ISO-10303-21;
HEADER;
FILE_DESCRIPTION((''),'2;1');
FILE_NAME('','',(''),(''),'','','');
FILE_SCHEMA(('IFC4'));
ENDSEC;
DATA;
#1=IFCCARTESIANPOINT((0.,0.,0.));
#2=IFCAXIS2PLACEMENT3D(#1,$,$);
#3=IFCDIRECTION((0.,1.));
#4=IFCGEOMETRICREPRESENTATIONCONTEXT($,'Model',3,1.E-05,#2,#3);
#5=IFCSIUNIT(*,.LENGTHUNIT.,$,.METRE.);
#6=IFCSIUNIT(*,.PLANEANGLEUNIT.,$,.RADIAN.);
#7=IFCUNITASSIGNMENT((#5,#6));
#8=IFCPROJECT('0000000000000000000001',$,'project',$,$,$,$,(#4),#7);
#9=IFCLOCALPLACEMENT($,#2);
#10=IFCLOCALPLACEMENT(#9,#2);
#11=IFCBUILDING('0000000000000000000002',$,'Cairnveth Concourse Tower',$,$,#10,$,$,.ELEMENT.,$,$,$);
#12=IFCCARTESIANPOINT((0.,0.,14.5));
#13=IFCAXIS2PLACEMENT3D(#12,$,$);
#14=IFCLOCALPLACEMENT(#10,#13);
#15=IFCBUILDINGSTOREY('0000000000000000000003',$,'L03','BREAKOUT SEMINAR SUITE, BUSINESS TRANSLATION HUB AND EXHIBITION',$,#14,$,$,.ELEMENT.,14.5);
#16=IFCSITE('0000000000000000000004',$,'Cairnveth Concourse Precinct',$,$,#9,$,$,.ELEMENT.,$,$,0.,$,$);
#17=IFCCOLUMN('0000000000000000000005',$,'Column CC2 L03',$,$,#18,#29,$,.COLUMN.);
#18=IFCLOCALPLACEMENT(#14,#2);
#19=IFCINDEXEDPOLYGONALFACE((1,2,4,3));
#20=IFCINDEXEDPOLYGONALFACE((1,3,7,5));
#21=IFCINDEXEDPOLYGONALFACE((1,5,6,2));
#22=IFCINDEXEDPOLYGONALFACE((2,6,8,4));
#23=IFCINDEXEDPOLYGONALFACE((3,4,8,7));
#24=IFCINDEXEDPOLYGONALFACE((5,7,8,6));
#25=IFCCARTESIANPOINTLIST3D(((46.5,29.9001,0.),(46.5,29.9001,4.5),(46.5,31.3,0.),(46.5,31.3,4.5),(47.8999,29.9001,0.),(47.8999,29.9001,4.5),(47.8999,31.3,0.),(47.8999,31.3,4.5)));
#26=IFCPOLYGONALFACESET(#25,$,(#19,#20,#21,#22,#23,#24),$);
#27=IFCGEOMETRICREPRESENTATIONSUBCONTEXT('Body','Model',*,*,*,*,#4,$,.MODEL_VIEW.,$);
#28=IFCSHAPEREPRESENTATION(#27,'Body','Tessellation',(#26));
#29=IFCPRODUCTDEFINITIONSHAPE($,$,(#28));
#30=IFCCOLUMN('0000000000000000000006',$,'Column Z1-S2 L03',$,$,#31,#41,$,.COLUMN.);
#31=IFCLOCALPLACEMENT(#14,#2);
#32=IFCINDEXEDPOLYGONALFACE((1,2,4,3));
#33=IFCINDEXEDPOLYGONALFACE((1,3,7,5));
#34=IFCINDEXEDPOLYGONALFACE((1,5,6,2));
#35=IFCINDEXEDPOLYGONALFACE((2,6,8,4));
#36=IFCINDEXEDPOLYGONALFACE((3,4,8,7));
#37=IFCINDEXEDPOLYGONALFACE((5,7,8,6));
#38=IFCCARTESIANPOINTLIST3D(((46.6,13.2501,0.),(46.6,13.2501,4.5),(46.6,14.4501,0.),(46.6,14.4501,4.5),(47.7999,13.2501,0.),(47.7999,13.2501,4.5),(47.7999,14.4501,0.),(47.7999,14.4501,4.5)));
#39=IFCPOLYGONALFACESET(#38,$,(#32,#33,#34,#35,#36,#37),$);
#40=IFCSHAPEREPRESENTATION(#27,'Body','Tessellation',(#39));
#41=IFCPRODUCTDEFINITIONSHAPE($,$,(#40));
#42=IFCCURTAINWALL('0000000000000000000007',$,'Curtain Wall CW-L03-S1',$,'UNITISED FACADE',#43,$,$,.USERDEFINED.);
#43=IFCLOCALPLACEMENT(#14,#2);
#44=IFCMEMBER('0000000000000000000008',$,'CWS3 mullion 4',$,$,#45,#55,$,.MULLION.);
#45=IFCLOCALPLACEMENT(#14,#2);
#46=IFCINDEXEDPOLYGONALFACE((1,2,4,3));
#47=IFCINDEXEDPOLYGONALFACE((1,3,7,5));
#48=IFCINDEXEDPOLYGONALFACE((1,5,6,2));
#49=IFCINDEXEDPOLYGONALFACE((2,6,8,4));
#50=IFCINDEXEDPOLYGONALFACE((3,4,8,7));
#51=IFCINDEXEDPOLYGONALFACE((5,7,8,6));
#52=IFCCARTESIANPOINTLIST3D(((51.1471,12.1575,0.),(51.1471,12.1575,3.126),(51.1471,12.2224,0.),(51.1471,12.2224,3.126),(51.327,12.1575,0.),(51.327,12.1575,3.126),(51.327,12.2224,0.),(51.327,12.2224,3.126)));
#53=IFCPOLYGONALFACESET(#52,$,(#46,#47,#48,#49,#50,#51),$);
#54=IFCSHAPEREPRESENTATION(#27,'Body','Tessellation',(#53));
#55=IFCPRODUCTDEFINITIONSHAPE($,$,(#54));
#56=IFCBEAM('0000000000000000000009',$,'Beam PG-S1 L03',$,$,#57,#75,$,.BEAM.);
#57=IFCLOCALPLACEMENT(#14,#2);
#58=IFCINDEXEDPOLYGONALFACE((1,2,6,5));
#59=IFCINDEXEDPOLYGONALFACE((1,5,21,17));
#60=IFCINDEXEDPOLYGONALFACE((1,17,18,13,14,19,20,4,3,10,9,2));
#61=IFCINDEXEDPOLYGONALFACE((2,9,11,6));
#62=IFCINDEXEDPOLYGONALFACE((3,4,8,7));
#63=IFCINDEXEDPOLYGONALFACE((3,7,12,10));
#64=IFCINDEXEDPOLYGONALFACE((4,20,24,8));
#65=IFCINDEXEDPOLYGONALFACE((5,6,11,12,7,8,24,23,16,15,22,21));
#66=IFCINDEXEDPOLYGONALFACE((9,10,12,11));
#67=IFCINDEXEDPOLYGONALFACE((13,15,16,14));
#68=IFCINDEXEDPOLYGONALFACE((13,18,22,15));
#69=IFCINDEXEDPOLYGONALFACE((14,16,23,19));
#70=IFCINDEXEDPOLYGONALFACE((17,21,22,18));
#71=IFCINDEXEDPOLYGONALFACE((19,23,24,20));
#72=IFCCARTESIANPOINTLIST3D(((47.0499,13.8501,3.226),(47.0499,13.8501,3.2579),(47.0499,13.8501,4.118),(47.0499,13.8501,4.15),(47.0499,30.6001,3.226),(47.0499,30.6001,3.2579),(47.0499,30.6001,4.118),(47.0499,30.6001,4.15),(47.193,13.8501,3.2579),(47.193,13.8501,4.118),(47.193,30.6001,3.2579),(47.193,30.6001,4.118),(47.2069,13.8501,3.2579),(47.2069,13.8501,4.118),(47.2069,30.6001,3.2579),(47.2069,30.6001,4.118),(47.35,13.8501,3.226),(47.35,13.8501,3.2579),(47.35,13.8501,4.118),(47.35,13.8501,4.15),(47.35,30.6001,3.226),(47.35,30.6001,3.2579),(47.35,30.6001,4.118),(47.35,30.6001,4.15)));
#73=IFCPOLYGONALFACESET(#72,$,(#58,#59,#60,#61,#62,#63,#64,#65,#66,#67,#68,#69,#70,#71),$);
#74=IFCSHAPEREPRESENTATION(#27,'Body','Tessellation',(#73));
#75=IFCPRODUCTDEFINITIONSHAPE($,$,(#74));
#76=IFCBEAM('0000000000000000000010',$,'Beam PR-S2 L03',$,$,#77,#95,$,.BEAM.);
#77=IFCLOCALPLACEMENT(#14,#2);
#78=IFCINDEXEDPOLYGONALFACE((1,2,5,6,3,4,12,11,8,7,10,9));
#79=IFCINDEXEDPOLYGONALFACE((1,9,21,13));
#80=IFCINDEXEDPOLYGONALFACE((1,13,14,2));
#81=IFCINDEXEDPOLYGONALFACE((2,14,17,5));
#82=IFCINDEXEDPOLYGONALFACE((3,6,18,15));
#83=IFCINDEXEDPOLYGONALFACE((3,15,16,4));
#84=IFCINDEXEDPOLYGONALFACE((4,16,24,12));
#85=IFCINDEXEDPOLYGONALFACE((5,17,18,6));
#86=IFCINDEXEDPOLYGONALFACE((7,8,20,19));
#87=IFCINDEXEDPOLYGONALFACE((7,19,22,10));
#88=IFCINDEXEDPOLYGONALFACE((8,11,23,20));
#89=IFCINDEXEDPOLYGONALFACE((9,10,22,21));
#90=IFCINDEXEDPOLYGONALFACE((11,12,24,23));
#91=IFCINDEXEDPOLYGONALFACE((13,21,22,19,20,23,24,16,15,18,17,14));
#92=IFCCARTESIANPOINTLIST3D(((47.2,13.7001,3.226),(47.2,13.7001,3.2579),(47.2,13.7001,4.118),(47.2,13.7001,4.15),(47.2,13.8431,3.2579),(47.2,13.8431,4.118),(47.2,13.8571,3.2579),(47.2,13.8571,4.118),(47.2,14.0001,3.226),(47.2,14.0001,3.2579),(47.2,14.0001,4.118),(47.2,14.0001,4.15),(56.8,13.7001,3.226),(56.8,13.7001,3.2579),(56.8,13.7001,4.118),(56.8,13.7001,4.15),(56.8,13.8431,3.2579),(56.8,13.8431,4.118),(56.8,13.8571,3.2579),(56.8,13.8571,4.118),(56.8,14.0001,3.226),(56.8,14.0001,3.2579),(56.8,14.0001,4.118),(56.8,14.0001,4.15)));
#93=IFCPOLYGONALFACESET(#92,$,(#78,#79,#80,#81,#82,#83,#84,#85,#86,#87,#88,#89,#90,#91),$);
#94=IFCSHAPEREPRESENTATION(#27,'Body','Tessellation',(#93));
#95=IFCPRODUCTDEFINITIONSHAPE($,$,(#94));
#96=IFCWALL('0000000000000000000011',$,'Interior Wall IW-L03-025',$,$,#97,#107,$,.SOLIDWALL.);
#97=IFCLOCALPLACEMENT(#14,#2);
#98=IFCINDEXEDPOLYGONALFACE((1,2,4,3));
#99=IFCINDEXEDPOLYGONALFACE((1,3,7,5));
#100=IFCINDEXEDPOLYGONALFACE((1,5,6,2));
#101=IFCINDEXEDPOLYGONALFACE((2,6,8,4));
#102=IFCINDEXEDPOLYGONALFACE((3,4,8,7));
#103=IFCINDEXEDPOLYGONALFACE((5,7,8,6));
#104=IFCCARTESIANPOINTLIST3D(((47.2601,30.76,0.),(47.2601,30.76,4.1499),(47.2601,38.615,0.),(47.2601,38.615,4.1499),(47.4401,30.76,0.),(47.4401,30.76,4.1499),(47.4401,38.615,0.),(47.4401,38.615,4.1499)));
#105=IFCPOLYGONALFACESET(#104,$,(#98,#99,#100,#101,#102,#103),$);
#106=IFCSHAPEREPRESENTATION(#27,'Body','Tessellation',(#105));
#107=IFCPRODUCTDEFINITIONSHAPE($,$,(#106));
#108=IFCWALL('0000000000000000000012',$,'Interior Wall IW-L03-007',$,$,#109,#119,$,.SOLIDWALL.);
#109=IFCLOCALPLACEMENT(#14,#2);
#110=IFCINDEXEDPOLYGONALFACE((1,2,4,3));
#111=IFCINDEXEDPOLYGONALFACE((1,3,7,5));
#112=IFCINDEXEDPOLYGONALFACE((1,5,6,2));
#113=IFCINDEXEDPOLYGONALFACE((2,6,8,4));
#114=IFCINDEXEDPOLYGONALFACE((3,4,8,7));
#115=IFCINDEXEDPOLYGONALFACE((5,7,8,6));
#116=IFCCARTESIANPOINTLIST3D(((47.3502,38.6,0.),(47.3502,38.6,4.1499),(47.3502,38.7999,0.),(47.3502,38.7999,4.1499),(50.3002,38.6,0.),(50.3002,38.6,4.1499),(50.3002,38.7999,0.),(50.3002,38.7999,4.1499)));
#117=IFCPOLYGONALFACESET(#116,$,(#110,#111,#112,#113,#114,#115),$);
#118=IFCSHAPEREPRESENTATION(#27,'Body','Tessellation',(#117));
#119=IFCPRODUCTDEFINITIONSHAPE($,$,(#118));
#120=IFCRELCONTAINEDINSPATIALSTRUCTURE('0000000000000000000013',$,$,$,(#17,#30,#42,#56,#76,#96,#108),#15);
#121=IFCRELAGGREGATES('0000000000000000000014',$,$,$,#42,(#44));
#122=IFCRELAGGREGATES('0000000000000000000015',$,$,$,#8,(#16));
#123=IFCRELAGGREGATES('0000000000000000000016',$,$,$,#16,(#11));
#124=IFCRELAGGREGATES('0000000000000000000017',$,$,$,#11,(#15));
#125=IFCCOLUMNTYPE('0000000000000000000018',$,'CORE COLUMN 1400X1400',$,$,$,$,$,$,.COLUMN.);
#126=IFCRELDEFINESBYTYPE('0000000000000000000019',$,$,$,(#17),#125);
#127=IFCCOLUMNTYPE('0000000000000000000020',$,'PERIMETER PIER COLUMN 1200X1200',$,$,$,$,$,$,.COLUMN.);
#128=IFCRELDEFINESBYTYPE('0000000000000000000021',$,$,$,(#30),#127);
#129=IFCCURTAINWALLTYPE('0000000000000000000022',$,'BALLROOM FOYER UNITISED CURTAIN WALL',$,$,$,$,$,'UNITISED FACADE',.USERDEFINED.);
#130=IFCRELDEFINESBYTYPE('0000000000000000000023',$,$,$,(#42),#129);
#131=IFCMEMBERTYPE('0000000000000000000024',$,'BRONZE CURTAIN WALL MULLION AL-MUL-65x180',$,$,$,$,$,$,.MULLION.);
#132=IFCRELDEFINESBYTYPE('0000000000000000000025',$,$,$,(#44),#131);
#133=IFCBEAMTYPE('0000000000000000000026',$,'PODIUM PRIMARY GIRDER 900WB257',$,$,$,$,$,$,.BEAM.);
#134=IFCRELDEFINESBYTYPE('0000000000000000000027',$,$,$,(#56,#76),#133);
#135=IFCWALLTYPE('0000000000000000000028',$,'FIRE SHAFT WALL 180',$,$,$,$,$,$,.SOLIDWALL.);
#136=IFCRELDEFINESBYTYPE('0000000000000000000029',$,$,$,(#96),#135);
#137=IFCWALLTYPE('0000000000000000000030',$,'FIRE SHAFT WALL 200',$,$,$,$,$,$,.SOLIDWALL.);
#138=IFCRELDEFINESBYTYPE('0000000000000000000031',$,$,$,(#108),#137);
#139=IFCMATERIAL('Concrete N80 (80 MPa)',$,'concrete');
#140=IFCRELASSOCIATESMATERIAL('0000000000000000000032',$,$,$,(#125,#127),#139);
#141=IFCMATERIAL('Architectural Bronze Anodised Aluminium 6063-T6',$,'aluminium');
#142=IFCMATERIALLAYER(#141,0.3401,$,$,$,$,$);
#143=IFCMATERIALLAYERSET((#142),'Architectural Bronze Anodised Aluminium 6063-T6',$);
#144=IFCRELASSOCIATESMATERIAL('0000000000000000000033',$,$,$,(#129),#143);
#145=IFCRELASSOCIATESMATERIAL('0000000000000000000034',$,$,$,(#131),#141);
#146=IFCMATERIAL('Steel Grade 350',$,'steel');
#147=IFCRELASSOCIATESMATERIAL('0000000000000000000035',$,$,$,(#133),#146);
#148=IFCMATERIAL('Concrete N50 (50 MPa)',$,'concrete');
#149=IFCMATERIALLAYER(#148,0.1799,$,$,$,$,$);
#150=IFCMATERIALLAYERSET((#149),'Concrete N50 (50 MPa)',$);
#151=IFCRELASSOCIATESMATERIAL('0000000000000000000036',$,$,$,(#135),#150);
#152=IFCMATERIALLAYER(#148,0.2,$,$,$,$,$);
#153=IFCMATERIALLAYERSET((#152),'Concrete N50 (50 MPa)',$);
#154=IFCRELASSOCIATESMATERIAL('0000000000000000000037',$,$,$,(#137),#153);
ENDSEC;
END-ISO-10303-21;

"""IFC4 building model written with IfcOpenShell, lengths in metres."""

from ifc_helpers import new_model, si_unit, direction, frame, frame_2d, origin, origin_2d, place, context, subcontext, project, spatial, rectangle, i_section, extrude, material, layer, layer_set, material_profile, profile_set, type_object, element, aggregate, save


model = new_model("IFC4")

# Units and contexts
model_context = context("Model", 3, precision=1e-05, world=origin(), true_north=direction((0.0, 1.0)))
body_context = subcontext(model_context, "Body", "Model", "MODEL_VIEW")
ifc_project = project(units=[si_unit("LENGTHUNIT", "METRE"), si_unit("PLANEANGLEUNIT", "RADIAN")], contexts=[model_context])

# Site, building, storey
site_placement = place(None, origin())
site = spatial("IfcSite", under=ifc_project, at=site_placement, Name="Cairnveth Concourse Precinct", CompositionType="ELEMENT", RefElevation=0.0)
building_placement = place(site_placement, origin())
building = spatial("IfcBuilding", under=site, at=building_placement, Name="Cairnveth Concourse Tower", CompositionType="ELEMENT")
storey_placement = place(building_placement, frame((0.0, 0.0, 14.5)))
storey = spatial("IfcBuildingStorey", under=building, at=storey_placement, Name="L03", Description="BREAKOUT SEMINAR SUITE, BUSINESS TRANSLATION HUB AND EXHIBITION", CompositionType="ELEMENT", Elevation=14.5)

# Columns
ifc_material_1 = material(Name="Concrete N80 (80 MPa)", Category="concrete")
ifc_material_profile_1 = material_profile(ifc_material_1, rectangle(XDim=1.3999, YDim=1.3999, at=origin_2d()), Name="RC-COL-1400x1400")
ifc_profile_set_1 = profile_set([ifc_material_profile_1], Name="Concrete N80 (80 MPa)")
column_type_1 = type_object("IfcColumnType", Name="CORE COLUMN 1400X1400", PredefinedType="COLUMN", material=ifc_profile_set_1)
column_1_placement = place(storey_placement, frame((47.2, 30.6001, 0.0), z_axis=(0.0, 0.0, 1.0), x_axis=(1.0, 0.0, 0.0)))
element("IfcColumn", 1, at=column_1_placement, inside=storey, type_object=column_type_1, Name="Column CC2 L03", PredefinedType="COLUMN", context=body_context, shape_type="SweptSolid", body=[
    extrude(rectangle(XDim=1.3999, YDim=1.3999, at=origin_2d()), origin(), (0.0, 0.0, 1.0), 4.5),
])
ifc_material_profile_2 = material_profile(ifc_material_1, rectangle(XDim=1.2, YDim=1.2, at=origin_2d()), Name="RC-COL-1200x1200")
ifc_profile_set_2 = profile_set([ifc_material_profile_2], Name="Concrete N80 (80 MPa)")
column_type_2 = type_object("IfcColumnType", Name="PERIMETER PIER COLUMN 1200X1200", PredefinedType="COLUMN", material=ifc_profile_set_2)
column_2_placement = place(storey_placement, frame((47.2, 13.8501, 0.0), z_axis=(0.0, 0.0, 1.0), x_axis=(1.0, 0.0, 0.0)))
element("IfcColumn", 2, at=column_2_placement, inside=storey, type_object=column_type_2, Name="Column Z1-S2 L03", PredefinedType="COLUMN", context=body_context, shape_type="SweptSolid", body=[
    extrude(rectangle(XDim=1.2, YDim=1.2, at=origin_2d()), origin(), (0.0, 0.0, 1.0), 4.5),
])

# Curtain wall, member
ifc_material_2 = material(Name="Architectural Bronze Anodised Aluminium 6063-T6", Category="aluminium")
ifc_layer_1 = layer(ifc_material_2, 0.3401)
ifc_layer_set_1 = layer_set([ifc_layer_1], Name="Architectural Bronze Anodised Aluminium 6063-T6")
curtain_wall_type = type_object("IfcCurtainWallType", Name="BALLROOM FOYER UNITISED CURTAIN WALL", ElementType="UNITISED FACADE", PredefinedType="USERDEFINED", material=ifc_layer_set_1)
curtain_wall_placement = place(storey_placement, origin())
curtain_wall = element("IfcCurtainWall", 3, at=curtain_wall_placement, inside=storey, type_object=curtain_wall_type, Name="Curtain Wall CW-L03-S1", ObjectType="UNITISED FACADE", PredefinedType="USERDEFINED")
ifc_material_profile_3 = material_profile(ifc_material_2, rectangle(XDim=0.0649, YDim=0.1799, at=origin_2d()), Name="AL-MUL-65x180")
ifc_profile_set_3 = profile_set([ifc_material_profile_3], Name="Architectural Bronze Anodised Aluminium 6063-T6")
member_type = type_object("IfcMemberType", Name="BRONZE CURTAIN WALL MULLION AL-MUL-65x180", PredefinedType="MULLION", material=ifc_profile_set_3)
member_placement = place(storey_placement, frame((51.2371, 12.1899, 0.0), z_axis=(0.0, 0.0, 1.0), x_axis=(0.0, -1.0, 0.0)))
member = element("IfcMember", 4, at=member_placement, type_object=member_type, Name="CWS3 mullion 4", PredefinedType="MULLION", context=body_context, shape_type="SweptSolid", body=[
    extrude(rectangle(XDim=0.0649, YDim=0.1799, at=origin_2d()), origin(), (0.0, 0.0, 1.0), 3.126),
])
aggregate(curtain_wall, [member])

# Beams
ifc_material_3 = material(Name="Steel Grade 350", Category="steel")
ifc_material_profile_4 = material_profile(ifc_material_3, i_section(OverallWidth=0.3, OverallDepth=0.9241, WebThickness=0.0139, FlangeThickness=0.032, at=origin_2d()), Name="900WB257")
ifc_profile_set_4 = profile_set([ifc_material_profile_4], Name="Steel Grade 350")
beam_type = type_object("IfcBeamType", Name="PODIUM PRIMARY GIRDER 900WB257", PredefinedType="BEAM", material=ifc_profile_set_4)
beam_1_placement = place(storey_placement, frame((47.2, 13.8501, 3.688), z_axis=(0.0, 1.0, 0.0), x_axis=(-1.0, 0.0, 0.0)))
element("IfcBeam", 5, at=beam_1_placement, inside=storey, type_object=beam_type, Name="Beam PG-S1 L03", PredefinedType="BEAM", context=body_context, shape_type="SweptSolid", body=[
    extrude(i_section(OverallWidth=0.3, OverallDepth=0.9241, WebThickness=0.0139, FlangeThickness=0.032, at=origin_2d()), origin(), (0.0, 0.0, 1.0), 16.75),
])
beam_2_placement = place(storey_placement, frame((47.2, 13.8501, 3.688), z_axis=(1.0, 0.0, 0.0), x_axis=(0.0, 1.0, 0.0)))
element("IfcBeam", 6, at=beam_2_placement, inside=storey, type_object=beam_type, Name="Beam PR-S2 L03", PredefinedType="BEAM", context=body_context, shape_type="SweptSolid", body=[
    extrude(i_section(OverallWidth=0.3, OverallDepth=0.9241, WebThickness=0.0139, FlangeThickness=0.032, at=origin_2d()), origin(), (0.0, 0.0, 1.0), 9.6001),
])

# Walls
ifc_material_4 = material(Name="Concrete N50 (50 MPa)", Category="concrete")
ifc_layer_2 = layer(ifc_material_4, 0.1799)
ifc_layer_set_2 = layer_set([ifc_layer_2], Name="Concrete N50 (50 MPa)")
wall_type_1 = type_object("IfcWallType", Name="FIRE SHAFT WALL 180", PredefinedType="SOLIDWALL", material=ifc_layer_set_2)
wall_1_placement = place(storey_placement, frame((47.3501, 30.76, 0.0), z_axis=(0.0, 0.0, 1.0), x_axis=(0.0, 1.0, 0.0)))
element("IfcWall", 7, at=wall_1_placement, inside=storey, type_object=wall_type_1, Name="Interior Wall IW-L03-025", PredefinedType="SOLIDWALL", context=body_context, shape_type="SweptSolid", body=[
    extrude(rectangle(XDim=7.855, YDim=0.1799, at=frame_2d((3.9275, 0.0))), origin(), (0.0, 0.0, 1.0), 4.1499),
])
ifc_layer_3 = layer(ifc_material_4, 0.2)
ifc_layer_set_3 = layer_set([ifc_layer_3], Name="Concrete N50 (50 MPa)")
wall_type_2 = type_object("IfcWallType", Name="FIRE SHAFT WALL 200", PredefinedType="SOLIDWALL", material=ifc_layer_set_3)
wall_2_placement = place(storey_placement, frame((47.3501, 38.7, 0.0), z_axis=(0.0, 0.0, 1.0), x_axis=(1.0, 0.0, 0.0)))
element("IfcWall", 8, at=wall_2_placement, inside=storey, type_object=wall_type_2, Name="Interior Wall IW-L03-007", PredefinedType="SOLIDWALL", context=body_context, shape_type="SweptSolid", body=[
    extrude(rectangle(XDim=2.95, YDim=0.2, at=frame_2d((1.4751, 0.0))), origin(), (0.0, 0.0, 1.0), 4.1499),
])

save(model, "model.ifc")
